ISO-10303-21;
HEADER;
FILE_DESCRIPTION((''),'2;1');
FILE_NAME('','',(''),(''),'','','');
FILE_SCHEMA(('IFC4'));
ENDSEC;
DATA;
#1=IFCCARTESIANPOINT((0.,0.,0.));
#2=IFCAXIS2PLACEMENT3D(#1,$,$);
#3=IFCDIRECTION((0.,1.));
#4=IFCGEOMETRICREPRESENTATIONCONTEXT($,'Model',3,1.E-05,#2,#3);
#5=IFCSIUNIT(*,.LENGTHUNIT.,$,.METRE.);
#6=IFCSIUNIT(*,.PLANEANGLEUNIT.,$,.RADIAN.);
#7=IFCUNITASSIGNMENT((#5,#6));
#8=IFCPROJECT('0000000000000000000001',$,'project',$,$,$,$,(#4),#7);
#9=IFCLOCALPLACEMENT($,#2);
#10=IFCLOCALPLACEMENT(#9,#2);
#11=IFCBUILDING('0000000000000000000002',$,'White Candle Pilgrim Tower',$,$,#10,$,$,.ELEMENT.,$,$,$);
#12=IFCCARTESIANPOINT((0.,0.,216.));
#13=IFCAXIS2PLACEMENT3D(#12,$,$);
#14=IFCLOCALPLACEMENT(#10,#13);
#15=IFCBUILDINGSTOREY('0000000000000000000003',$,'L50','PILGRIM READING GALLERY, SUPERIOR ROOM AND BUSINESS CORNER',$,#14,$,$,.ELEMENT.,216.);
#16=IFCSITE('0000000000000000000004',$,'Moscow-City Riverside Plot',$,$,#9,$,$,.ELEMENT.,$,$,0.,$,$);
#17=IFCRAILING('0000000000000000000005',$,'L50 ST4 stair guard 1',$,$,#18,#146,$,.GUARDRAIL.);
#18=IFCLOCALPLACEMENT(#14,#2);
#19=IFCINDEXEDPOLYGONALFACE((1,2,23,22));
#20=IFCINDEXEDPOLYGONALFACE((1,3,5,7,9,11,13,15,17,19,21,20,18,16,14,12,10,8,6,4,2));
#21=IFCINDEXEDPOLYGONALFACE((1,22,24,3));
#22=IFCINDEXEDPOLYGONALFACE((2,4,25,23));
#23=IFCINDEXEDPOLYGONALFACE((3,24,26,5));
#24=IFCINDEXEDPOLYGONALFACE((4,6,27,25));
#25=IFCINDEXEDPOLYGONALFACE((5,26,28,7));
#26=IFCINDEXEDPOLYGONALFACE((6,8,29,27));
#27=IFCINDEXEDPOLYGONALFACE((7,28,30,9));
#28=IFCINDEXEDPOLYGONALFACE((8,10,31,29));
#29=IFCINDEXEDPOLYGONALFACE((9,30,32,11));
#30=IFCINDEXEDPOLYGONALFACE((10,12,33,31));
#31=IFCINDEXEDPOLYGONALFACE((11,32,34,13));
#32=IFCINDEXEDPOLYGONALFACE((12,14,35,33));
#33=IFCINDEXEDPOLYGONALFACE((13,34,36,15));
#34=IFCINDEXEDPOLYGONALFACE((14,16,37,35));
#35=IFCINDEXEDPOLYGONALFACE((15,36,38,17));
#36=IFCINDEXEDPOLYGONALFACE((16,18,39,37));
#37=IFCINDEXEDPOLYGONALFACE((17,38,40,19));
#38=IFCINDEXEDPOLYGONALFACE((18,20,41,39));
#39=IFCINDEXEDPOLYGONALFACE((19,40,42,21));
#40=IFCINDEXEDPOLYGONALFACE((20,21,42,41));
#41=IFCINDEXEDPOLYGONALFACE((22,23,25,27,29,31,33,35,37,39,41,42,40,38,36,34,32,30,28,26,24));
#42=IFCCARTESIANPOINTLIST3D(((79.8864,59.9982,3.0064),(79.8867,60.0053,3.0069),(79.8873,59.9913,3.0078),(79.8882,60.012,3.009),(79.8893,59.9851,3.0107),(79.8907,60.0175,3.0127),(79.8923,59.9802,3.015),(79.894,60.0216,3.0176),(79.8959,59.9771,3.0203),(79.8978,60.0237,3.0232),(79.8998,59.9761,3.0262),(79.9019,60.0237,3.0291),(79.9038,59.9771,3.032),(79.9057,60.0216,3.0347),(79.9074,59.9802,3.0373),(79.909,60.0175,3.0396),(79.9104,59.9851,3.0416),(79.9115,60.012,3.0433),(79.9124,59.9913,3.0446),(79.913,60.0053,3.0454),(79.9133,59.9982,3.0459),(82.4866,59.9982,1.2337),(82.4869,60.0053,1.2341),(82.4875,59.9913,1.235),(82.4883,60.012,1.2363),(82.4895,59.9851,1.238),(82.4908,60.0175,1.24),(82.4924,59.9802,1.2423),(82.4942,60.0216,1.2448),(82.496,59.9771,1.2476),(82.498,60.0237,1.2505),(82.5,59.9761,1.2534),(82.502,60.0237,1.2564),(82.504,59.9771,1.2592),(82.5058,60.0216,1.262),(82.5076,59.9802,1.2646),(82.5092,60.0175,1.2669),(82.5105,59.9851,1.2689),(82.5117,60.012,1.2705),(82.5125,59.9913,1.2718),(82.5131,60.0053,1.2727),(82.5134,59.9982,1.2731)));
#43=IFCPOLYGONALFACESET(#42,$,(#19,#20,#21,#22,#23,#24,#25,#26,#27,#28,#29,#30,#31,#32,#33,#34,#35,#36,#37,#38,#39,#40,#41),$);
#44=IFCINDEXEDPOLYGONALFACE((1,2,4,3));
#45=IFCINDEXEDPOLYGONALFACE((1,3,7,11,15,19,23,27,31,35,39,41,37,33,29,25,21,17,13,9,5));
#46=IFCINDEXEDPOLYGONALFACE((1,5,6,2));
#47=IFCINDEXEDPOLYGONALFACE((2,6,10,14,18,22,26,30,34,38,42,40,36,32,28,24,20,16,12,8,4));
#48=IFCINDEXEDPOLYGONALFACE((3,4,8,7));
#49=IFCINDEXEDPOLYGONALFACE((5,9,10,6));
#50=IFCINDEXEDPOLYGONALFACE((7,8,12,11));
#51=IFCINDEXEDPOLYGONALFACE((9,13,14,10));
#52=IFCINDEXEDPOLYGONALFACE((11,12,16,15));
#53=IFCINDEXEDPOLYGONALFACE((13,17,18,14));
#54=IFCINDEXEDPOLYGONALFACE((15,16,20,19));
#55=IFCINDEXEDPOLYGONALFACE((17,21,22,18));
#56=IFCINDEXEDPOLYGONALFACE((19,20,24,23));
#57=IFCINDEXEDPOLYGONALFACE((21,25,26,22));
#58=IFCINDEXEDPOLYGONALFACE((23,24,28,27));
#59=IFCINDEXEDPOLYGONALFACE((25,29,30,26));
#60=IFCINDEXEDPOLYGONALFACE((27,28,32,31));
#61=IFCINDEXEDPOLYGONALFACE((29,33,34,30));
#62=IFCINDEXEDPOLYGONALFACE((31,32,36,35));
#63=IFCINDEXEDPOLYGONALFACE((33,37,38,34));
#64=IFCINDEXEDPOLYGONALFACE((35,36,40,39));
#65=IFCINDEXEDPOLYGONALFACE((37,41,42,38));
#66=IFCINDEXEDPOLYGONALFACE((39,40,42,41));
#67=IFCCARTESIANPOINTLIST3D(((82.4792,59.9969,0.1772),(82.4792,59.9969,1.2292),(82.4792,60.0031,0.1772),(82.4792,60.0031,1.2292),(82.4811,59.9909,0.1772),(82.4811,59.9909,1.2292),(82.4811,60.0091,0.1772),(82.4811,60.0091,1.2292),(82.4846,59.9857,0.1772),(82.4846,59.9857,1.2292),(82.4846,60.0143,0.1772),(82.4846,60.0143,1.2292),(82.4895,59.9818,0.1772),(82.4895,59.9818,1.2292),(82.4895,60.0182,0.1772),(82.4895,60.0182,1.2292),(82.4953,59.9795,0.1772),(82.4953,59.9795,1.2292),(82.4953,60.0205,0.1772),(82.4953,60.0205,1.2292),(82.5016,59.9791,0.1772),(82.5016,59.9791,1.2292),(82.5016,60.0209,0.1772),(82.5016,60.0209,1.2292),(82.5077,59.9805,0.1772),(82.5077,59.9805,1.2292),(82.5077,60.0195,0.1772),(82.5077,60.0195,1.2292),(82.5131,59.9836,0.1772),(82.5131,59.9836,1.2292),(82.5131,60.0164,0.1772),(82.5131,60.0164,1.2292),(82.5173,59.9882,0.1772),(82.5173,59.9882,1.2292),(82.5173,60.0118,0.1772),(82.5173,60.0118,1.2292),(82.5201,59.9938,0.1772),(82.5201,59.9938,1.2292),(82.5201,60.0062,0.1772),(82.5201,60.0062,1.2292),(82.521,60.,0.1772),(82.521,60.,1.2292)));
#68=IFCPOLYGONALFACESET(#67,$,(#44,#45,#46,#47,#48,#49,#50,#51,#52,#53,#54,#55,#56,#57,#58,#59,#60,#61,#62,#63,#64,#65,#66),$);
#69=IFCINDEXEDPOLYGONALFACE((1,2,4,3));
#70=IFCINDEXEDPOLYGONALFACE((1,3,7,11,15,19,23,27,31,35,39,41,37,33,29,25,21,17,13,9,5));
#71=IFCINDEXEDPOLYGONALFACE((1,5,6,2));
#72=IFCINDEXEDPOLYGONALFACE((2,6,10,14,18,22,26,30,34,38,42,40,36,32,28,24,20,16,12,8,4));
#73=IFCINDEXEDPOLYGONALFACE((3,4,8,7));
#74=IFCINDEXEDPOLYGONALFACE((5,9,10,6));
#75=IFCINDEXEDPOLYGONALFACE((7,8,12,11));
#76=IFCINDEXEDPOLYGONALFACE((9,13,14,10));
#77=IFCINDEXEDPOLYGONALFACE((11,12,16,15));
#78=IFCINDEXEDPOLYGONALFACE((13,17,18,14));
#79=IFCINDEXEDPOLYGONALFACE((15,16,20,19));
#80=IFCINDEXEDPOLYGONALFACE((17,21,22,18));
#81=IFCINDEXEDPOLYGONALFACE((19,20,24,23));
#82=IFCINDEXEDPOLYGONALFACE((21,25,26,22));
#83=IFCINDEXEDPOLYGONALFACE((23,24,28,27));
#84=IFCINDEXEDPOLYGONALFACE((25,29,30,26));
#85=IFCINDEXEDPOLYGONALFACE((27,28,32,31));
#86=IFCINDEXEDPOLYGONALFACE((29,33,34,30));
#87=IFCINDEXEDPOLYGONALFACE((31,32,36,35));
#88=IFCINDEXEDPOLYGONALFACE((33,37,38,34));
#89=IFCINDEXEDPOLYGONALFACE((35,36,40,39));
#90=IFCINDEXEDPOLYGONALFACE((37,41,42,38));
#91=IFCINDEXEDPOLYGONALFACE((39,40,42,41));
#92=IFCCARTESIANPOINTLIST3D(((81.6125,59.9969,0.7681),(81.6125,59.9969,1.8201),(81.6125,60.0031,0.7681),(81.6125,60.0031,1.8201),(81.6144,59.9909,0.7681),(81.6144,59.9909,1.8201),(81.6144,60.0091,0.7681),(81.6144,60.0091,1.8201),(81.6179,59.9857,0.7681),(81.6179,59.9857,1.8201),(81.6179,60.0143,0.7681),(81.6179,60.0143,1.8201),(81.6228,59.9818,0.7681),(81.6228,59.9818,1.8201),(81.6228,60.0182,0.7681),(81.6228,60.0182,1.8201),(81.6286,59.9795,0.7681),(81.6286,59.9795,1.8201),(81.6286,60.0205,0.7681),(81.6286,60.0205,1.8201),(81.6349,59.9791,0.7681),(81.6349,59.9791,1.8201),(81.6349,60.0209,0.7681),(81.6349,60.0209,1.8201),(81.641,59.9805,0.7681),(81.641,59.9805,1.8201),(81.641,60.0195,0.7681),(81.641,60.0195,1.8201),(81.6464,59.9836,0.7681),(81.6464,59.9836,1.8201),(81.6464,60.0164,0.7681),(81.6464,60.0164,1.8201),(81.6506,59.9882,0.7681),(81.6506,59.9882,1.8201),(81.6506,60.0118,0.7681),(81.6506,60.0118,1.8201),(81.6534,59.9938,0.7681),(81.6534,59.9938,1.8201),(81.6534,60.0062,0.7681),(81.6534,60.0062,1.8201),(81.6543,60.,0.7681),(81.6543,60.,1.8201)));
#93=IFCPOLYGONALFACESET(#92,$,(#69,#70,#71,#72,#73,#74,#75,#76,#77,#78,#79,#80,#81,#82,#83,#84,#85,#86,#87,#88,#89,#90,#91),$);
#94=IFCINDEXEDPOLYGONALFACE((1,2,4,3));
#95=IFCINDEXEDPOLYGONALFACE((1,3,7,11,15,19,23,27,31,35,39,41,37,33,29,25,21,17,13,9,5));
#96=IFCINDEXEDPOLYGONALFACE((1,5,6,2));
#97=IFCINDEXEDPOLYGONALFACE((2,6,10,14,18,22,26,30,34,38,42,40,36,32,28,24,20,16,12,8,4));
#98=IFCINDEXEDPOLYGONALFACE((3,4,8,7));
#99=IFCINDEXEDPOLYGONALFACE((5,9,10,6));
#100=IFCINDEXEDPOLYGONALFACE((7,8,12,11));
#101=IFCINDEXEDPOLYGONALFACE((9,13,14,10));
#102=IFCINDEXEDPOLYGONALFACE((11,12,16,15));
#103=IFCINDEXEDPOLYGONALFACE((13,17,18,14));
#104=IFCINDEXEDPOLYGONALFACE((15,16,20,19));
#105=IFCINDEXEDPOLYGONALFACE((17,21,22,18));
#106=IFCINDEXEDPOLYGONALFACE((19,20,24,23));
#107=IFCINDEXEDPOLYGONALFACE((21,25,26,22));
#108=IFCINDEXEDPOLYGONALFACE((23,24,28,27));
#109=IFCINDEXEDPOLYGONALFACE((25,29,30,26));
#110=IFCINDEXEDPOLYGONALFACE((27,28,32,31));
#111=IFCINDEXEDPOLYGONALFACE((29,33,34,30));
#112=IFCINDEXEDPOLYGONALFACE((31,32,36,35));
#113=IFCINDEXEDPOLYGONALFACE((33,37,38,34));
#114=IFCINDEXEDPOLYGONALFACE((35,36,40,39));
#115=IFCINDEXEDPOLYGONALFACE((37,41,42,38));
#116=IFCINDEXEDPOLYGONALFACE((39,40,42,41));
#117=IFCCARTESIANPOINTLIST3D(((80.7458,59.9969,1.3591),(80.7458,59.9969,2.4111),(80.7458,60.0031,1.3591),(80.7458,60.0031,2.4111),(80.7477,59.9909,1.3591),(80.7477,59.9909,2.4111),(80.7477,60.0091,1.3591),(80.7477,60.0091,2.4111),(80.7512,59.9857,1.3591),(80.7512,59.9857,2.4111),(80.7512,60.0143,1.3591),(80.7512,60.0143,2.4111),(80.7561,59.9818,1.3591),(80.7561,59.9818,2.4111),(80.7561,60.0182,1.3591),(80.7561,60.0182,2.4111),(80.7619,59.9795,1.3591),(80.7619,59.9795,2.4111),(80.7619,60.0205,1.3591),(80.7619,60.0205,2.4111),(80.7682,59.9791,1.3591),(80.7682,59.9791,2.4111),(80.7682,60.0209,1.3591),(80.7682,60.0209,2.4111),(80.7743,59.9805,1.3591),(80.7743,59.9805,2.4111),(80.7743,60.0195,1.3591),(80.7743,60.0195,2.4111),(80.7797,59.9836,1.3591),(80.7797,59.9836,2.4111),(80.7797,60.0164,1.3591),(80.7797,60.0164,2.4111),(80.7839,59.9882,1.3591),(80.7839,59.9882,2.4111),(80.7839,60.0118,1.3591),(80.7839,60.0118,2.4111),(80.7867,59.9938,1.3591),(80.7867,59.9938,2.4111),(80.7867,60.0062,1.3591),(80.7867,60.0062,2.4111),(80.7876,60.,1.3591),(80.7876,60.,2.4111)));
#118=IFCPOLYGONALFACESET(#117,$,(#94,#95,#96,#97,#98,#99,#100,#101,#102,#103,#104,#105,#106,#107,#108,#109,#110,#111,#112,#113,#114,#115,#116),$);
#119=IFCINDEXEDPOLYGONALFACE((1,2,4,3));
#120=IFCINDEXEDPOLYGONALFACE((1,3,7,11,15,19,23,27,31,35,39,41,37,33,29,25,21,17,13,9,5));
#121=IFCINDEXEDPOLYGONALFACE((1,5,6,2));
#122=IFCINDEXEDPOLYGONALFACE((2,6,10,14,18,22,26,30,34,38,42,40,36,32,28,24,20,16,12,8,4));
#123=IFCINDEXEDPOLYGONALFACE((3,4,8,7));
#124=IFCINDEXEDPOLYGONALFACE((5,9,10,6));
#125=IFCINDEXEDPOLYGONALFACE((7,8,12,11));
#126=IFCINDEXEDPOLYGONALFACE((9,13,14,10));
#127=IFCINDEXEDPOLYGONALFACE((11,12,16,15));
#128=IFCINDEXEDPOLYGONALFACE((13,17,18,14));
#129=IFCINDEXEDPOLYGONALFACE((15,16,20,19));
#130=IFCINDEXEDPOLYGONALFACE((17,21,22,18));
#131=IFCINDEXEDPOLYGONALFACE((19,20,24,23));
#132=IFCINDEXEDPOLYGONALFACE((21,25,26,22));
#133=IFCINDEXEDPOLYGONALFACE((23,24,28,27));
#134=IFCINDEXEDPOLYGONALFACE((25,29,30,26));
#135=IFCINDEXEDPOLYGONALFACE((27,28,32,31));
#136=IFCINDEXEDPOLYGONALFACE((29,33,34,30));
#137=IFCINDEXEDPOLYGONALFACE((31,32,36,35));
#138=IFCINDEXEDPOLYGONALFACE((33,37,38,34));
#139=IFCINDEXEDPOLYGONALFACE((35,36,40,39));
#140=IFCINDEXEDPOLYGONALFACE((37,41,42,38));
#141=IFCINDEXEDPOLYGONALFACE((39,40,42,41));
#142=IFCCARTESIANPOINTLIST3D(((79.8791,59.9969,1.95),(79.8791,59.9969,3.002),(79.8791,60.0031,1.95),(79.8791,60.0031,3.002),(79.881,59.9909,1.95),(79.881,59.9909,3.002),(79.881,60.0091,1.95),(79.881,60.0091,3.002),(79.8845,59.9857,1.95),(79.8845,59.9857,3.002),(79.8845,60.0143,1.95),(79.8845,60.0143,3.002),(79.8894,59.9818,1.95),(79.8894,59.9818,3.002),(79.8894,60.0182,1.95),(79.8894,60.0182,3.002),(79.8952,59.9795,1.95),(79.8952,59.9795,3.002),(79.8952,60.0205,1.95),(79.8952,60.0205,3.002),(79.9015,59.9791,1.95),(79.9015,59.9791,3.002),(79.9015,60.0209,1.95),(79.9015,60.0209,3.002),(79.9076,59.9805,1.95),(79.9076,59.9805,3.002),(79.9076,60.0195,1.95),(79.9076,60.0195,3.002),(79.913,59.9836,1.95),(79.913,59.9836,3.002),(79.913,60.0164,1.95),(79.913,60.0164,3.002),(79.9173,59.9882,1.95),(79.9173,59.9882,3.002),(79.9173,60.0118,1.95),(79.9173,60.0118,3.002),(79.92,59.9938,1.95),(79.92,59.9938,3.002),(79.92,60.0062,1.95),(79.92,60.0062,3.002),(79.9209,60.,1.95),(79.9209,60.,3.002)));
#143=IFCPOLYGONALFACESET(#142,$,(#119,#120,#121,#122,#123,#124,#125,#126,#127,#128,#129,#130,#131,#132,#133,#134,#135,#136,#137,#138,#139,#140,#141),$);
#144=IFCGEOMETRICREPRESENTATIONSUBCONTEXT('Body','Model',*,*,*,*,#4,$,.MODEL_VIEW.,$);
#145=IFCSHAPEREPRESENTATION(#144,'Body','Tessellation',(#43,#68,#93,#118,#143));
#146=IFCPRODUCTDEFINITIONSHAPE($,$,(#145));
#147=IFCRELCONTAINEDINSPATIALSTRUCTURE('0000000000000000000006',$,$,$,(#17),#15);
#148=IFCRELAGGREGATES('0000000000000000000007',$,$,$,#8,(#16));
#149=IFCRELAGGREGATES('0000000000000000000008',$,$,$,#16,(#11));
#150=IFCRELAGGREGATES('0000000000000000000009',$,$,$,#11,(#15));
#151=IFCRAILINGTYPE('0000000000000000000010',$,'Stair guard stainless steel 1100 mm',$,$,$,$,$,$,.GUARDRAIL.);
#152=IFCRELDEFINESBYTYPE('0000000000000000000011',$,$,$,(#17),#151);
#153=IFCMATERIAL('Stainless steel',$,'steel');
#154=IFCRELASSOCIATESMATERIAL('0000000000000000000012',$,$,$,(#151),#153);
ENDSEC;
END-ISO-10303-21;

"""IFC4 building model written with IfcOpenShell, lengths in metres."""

from ifc_helpers import new_model, si_unit, direction, frame, origin, origin_2d, place, context, subcontext, project, spatial, circle, extrude, material, type_object, element, save


model = new_model("IFC4")

# Units and contexts
model_context = context("Model", 3, precision=1e-05, world=origin(), true_north=direction((0.0, 1.0)))
body_context = subcontext(model_context, "Body", "Model", "MODEL_VIEW")
ifc_project = project(units=[si_unit("LENGTHUNIT", "METRE"), si_unit("PLANEANGLEUNIT", "RADIAN")], contexts=[model_context])

# Site, building, storey
site_placement = place(None, origin())
site = spatial("IfcSite", under=ifc_project, at=site_placement, Name="Moscow-City Riverside Plot", CompositionType="ELEMENT", RefElevation=0.0)
building_placement = place(site_placement, origin())
building = spatial("IfcBuilding", under=site, at=building_placement, Name="White Candle Pilgrim Tower", CompositionType="ELEMENT")
storey_placement = place(building_placement, frame((0.0, 0.0, 216.0)))
storey = spatial("IfcBuildingStorey", under=building, at=storey_placement, Name="L50", Description="PILGRIM READING GALLERY, SUPERIOR ROOM AND BUSINESS CORNER", CompositionType="ELEMENT", Elevation=216.0)

# Railing
ifc_material_1 = material(Name="Stainless steel", Category="steel")
railing_type_1 = type_object("IfcRailingType", Name="Stair guard stainless steel 1100 mm", PredefinedType="GUARDRAIL", material=ifc_material_1)
railing_1_placement = place(storey_placement, frame((82.5, 60.0, 0.1772)))
element("IfcRailing", 1, at=railing_1_placement, inside=storey, type_object=railing_type_1, Name="L50 ST4 stair guard 1", PredefinedType="GUARDRAIL", context=body_context, shape_type="SweptSolid", body=[
    extrude(circle(Radius=0.0239, at=origin_2d()), frame((0.0, 0.0, 1.0762), z_axis=(-0.82624, 0.0, 0.563318), x_axis=(0.0, -1.0, 0.0)), (0.0, 0.0, 1.0), 3.147),
    extrude(circle(Radius=0.021, at=origin_2d()), origin(), (0.0, 0.0, 1.0), 1.052),
    extrude(circle(Radius=0.021, at=origin_2d()), frame((-0.8667, 0.0, 0.5908)), (0.0, 0.0, 1.0), 1.052),
    extrude(circle(Radius=0.021, at=origin_2d()), frame((-1.7334, 0.0, 1.1819)), (0.0, 0.0, 1.0), 1.052),
    extrude(circle(Radius=0.021, at=origin_2d()), frame((-2.6001, 0.0, 1.7727)), (0.0, 0.0, 1.0), 1.052),
])

save(model, "model.ifc")
